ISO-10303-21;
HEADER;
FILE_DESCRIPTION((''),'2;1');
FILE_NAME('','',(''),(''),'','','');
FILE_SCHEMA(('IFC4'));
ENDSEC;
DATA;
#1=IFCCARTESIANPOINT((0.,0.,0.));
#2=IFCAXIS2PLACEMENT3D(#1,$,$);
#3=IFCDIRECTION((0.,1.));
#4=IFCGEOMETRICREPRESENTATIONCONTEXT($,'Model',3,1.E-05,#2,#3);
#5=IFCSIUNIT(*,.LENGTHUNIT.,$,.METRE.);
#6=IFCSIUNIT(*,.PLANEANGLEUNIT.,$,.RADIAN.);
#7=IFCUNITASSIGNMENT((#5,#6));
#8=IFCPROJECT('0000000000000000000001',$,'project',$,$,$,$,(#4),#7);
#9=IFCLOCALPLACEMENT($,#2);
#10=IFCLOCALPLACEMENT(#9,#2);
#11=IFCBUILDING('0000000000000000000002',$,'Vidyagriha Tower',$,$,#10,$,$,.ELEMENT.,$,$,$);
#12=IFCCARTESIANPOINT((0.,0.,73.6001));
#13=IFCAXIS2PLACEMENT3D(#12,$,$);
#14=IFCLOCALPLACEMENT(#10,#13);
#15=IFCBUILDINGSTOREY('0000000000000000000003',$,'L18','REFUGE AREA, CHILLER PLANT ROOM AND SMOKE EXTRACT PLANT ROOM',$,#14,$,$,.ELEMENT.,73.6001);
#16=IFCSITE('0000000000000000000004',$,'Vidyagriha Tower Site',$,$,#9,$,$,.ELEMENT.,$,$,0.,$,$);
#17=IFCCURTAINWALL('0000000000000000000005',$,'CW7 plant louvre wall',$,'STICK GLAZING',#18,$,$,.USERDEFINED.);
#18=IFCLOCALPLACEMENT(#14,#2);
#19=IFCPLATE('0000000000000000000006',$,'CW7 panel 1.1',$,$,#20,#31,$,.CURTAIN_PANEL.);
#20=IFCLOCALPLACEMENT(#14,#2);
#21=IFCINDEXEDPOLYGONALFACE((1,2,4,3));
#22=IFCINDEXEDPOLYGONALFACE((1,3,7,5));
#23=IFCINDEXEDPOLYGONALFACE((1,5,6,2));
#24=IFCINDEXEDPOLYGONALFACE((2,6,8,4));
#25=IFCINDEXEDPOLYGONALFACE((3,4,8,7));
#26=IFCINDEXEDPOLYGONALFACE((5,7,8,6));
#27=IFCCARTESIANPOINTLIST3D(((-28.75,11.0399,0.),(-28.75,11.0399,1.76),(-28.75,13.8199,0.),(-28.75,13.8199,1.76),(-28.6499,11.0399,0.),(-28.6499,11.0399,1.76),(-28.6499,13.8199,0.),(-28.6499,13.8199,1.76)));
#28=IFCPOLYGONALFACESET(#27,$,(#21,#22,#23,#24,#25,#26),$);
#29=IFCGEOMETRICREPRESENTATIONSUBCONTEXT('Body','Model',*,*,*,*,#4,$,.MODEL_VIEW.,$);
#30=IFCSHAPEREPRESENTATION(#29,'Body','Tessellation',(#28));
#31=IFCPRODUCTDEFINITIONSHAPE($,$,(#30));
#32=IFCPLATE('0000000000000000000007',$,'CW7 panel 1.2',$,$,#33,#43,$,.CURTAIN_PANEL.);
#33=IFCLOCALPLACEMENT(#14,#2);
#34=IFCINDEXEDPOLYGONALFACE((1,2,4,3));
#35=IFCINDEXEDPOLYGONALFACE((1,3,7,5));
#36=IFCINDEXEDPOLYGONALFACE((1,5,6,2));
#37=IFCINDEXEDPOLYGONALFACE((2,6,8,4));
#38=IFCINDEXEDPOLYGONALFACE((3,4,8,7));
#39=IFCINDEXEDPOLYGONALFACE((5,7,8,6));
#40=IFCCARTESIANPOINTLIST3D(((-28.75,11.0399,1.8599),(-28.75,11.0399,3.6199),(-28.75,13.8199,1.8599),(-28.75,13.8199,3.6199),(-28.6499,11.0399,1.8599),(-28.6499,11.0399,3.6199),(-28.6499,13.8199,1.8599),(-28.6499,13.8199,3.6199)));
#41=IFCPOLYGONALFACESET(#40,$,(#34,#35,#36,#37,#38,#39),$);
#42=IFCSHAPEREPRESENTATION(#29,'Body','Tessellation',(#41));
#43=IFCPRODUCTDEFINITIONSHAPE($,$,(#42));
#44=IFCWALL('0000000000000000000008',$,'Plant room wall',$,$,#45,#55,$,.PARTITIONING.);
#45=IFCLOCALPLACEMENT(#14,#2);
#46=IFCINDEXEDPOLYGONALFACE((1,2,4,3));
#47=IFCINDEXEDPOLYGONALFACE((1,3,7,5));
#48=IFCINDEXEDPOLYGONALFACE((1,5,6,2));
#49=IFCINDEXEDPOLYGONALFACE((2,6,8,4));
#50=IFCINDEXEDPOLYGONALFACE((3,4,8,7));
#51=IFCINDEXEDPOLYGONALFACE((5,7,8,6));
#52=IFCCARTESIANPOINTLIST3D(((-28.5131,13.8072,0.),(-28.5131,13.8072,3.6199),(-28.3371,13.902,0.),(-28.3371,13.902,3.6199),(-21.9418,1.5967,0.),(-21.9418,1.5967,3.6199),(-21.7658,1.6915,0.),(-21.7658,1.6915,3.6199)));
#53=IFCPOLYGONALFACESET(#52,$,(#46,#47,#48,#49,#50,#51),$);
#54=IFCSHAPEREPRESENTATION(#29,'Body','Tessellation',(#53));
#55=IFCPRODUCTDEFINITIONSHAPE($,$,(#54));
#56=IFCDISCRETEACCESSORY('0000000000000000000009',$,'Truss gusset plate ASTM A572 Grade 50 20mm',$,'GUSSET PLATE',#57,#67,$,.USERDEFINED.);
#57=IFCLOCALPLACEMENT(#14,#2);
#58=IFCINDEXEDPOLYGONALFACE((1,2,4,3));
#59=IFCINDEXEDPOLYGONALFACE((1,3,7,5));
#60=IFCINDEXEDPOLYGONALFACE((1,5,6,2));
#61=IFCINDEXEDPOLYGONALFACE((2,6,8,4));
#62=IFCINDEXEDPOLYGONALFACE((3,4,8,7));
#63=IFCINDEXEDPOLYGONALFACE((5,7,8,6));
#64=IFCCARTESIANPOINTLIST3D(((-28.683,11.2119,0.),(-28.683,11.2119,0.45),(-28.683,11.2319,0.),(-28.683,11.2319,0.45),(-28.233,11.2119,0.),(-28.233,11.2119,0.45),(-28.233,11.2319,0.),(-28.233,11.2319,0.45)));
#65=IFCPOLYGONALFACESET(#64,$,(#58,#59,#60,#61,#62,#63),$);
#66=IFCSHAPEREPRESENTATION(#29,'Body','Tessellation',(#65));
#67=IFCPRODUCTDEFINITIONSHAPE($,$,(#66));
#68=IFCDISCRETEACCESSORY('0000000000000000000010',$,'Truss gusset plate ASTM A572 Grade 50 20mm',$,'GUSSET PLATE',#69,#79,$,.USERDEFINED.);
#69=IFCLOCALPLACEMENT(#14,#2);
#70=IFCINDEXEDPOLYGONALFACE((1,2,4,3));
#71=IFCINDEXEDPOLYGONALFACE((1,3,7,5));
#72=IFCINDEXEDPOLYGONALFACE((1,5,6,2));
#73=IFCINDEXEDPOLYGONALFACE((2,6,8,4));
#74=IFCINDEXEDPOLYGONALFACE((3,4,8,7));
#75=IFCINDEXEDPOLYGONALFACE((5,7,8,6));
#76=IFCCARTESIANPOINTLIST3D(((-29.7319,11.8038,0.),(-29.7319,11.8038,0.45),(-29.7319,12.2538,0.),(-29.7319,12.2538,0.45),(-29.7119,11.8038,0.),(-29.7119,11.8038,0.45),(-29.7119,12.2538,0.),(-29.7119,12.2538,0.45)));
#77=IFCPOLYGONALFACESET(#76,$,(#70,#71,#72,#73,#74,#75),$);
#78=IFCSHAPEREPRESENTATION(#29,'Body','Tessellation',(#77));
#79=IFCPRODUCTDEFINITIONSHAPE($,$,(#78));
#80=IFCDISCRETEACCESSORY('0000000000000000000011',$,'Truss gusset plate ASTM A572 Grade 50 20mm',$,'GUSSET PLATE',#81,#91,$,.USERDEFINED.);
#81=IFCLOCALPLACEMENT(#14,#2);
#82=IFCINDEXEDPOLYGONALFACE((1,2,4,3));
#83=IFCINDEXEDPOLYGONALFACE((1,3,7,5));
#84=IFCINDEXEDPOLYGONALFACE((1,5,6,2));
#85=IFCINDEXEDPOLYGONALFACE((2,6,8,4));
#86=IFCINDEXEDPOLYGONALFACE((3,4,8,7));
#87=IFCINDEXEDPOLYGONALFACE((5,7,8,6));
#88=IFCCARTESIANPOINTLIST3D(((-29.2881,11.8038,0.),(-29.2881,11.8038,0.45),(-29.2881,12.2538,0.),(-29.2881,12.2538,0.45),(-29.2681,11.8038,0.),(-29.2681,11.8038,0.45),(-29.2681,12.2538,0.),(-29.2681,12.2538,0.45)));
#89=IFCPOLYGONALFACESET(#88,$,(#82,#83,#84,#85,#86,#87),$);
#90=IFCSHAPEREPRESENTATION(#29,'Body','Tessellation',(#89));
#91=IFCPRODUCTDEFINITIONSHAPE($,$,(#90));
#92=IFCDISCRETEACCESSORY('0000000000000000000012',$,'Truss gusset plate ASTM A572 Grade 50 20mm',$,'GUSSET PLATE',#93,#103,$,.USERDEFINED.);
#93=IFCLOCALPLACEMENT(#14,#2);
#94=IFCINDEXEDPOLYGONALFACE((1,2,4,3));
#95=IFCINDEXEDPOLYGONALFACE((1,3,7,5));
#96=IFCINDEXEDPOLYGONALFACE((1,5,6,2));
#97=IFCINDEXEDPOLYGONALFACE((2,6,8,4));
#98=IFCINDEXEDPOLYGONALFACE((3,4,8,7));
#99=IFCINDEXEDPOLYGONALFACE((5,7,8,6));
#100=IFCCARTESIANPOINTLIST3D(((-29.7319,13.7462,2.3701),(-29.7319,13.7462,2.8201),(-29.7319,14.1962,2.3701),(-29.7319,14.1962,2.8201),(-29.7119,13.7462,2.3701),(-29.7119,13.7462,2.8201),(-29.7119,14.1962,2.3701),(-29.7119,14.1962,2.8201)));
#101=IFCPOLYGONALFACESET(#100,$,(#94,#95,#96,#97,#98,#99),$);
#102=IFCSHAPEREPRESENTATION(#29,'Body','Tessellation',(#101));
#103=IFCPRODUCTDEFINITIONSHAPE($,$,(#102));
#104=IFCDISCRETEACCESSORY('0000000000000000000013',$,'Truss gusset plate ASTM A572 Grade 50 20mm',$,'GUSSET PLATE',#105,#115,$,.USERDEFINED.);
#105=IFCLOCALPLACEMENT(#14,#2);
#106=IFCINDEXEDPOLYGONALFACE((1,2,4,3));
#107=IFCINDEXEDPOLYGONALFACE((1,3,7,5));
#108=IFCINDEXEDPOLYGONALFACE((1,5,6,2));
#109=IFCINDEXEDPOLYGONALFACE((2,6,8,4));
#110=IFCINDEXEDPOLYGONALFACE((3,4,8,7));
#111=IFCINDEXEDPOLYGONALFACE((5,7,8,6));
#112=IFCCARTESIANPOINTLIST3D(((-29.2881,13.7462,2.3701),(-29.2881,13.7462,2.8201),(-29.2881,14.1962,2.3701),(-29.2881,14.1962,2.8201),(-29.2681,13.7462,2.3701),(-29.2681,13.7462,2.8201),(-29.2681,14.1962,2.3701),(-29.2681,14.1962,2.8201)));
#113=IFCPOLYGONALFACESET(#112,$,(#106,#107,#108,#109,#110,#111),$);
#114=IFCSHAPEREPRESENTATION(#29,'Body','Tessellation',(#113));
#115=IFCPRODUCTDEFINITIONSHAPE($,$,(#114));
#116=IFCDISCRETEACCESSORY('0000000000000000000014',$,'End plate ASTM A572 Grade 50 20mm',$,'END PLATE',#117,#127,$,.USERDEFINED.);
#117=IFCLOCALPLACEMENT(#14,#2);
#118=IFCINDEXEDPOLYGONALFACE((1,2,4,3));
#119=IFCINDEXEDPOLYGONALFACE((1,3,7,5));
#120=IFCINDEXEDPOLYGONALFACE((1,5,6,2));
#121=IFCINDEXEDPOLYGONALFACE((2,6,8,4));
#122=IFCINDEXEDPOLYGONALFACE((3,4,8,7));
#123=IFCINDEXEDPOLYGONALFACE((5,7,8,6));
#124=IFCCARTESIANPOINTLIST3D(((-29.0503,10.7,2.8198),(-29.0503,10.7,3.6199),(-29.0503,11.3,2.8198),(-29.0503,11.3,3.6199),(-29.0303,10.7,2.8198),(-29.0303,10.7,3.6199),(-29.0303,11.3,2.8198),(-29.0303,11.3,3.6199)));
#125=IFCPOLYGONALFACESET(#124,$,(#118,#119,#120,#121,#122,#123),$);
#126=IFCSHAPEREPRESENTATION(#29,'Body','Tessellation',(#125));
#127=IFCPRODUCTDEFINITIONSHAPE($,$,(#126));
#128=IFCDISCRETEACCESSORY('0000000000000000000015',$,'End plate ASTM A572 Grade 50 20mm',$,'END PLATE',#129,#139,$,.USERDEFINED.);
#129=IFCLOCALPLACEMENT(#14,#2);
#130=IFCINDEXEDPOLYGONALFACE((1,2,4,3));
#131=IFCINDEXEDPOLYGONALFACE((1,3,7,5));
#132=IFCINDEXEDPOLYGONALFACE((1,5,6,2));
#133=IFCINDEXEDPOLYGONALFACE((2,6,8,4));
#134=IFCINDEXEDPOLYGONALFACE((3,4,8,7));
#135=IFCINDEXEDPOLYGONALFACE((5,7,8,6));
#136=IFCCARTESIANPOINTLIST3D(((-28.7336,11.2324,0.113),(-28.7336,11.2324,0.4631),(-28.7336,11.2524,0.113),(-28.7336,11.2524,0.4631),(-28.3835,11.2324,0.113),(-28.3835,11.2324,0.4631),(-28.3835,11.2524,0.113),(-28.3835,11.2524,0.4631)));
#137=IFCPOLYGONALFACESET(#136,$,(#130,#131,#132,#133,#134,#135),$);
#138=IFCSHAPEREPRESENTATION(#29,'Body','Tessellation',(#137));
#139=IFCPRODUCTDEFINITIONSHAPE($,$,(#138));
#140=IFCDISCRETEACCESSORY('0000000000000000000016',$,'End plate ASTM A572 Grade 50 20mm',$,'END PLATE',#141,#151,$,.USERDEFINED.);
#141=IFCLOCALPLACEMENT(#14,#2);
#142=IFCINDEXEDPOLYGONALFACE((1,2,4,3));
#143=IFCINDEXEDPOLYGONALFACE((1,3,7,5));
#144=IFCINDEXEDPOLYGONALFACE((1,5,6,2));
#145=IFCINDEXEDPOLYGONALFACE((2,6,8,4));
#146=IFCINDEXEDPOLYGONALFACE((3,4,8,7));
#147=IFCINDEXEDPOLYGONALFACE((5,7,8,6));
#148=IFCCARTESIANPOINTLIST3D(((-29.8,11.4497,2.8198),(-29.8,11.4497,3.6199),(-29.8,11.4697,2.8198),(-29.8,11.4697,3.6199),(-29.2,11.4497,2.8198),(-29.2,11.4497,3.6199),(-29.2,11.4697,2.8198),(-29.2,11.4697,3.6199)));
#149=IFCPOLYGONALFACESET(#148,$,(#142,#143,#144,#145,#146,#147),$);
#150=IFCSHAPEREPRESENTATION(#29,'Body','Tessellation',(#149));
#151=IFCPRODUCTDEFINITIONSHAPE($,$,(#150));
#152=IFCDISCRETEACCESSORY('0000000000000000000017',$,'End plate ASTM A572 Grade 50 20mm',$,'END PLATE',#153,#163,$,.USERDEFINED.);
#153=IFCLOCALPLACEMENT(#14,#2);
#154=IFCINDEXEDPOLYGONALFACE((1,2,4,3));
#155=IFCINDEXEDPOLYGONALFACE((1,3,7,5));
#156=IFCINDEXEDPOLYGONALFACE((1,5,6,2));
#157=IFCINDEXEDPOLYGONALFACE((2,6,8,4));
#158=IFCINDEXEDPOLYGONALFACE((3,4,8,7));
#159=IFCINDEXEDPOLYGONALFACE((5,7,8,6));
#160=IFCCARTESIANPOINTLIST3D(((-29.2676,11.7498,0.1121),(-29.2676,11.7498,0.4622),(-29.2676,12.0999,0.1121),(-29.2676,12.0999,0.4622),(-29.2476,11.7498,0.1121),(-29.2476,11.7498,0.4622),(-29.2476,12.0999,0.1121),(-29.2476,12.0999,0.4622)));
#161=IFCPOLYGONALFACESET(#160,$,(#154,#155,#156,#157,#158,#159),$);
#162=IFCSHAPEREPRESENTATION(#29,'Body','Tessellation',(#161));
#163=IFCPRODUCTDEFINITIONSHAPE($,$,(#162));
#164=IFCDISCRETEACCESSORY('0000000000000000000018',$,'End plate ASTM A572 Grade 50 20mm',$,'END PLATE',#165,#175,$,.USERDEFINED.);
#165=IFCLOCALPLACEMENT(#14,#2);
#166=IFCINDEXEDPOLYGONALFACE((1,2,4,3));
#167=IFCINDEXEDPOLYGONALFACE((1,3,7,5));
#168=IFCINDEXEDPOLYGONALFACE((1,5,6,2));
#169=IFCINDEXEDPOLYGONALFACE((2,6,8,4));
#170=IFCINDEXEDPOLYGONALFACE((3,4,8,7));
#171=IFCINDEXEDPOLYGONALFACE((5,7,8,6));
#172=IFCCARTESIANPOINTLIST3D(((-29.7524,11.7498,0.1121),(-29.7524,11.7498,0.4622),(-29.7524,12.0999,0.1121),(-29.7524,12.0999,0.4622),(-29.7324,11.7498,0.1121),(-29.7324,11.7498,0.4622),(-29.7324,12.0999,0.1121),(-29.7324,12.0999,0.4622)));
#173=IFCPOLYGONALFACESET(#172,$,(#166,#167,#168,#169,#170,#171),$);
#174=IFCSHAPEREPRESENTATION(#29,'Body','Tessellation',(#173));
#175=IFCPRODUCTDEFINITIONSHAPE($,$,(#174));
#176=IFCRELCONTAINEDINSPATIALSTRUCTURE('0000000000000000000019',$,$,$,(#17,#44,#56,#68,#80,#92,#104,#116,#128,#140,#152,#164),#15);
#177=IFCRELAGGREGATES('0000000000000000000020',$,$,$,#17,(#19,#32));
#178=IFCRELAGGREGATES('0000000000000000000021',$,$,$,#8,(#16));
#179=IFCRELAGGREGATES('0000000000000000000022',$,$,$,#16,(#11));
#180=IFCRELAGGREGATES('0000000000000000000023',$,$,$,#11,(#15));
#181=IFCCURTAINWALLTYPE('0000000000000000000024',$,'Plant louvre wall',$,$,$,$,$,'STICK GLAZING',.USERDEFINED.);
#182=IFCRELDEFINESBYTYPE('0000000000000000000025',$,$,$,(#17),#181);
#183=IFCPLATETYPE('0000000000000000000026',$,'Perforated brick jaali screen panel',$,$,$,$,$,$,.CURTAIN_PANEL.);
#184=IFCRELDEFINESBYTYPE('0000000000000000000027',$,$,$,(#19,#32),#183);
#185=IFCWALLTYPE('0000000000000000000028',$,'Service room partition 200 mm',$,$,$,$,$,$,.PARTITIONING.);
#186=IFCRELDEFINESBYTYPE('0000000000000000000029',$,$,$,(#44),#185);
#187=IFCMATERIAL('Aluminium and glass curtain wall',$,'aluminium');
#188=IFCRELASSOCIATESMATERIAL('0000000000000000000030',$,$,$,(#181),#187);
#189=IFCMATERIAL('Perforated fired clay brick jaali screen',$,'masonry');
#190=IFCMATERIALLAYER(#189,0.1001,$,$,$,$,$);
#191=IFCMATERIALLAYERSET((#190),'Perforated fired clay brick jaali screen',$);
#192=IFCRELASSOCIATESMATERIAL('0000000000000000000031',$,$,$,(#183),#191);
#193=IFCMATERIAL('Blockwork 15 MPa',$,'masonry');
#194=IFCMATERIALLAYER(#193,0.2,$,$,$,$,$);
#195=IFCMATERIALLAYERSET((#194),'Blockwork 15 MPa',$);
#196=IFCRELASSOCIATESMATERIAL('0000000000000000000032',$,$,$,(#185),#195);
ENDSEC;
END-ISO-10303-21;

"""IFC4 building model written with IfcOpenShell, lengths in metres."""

from ifc_helpers import new_model, si_unit, direction, frame, frame_2d, origin, origin_2d, place, context, subcontext, project, spatial, rectangle, extrude, material, layer, layer_set, type_object, element, aggregate, save


model = new_model("IFC4")

# Units and contexts
model_context = context("Model", 3, precision=1e-05, world=origin(), true_north=direction((0.0, 1.0)))
body_context = subcontext(model_context, "Body", "Model", "MODEL_VIEW")
ifc_project = project(units=[si_unit("LENGTHUNIT", "METRE"), si_unit("PLANEANGLEUNIT", "RADIAN")], contexts=[model_context])

# Site, building, storey
site_placement = place(None, origin())
site = spatial("IfcSite", under=ifc_project, at=site_placement, Name="Vidyagriha Tower Site", CompositionType="ELEMENT", RefElevation=0.0)
building_placement = place(site_placement, origin())
building = spatial("IfcBuilding", under=site, at=building_placement, Name="Vidyagriha Tower", CompositionType="ELEMENT")
storey_placement = place(building_placement, frame((0.0, 0.0, 73.6001)))
storey = spatial("IfcBuildingStorey", under=building, at=storey_placement, Name="L18", Description="REFUGE AREA, CHILLER PLANT ROOM AND SMOKE EXTRACT PLANT ROOM", CompositionType="ELEMENT", Elevation=73.6001)

# Curtain wall
ifc_material_1 = material(Name="Aluminium and glass curtain wall", Category="aluminium")
curtain_wall_type = type_object("IfcCurtainWallType", Name="Plant louvre wall", ElementType="STICK GLAZING", PredefinedType="USERDEFINED", material=ifc_material_1)
curtain_wall_placement = place(storey_placement, origin())
curtain_wall = element("IfcCurtainWall", 1, at=curtain_wall_placement, inside=storey, type_object=curtain_wall_type, Name="CW7 plant louvre wall", ObjectType="STICK GLAZING", PredefinedType="USERDEFINED")

# Plates
ifc_material_2 = material(Name="Perforated fired clay brick jaali screen", Category="masonry")
ifc_layer_1 = layer(ifc_material_2, 0.1001)
ifc_layer_set_1 = layer_set([ifc_layer_1], Name="Perforated fired clay brick jaali screen")
plate_type = type_object("IfcPlateType", Name="Perforated brick jaali screen panel", PredefinedType="CURTAIN_PANEL", material=ifc_layer_set_1)
plate_1_placement = place(storey_placement, frame((-28.7, 12.4299, 0.0), z_axis=(0.0, 0.0, 1.0), x_axis=(0.0, -1.0, 0.0)))
plate_1 = element("IfcPlate", 2, at=plate_1_placement, type_object=plate_type, Name="CW7 panel 1.1", PredefinedType="CURTAIN_PANEL", context=body_context, shape_type="SweptSolid", body=[
    extrude(rectangle(XDim=2.78, YDim=0.1001, at=origin_2d()), origin(), (0.0, 0.0, 1.0), 1.76),
])
plate_2_placement = place(storey_placement, frame((-28.7, 12.4299, 1.8599), z_axis=(0.0, 0.0, 1.0), x_axis=(0.0, -1.0, 0.0)))
plate_2 = element("IfcPlate", 3, at=plate_2_placement, type_object=plate_type, Name="CW7 panel 1.2", PredefinedType="CURTAIN_PANEL", context=body_context, shape_type="SweptSolid", body=[
    extrude(rectangle(XDim=2.78, YDim=0.1001, at=origin_2d()), origin(), (0.0, 0.0, 1.0), 1.76),
])
aggregate(curtain_wall, [plate_1, plate_2])

# Wall
ifc_material_3 = material(Name="Blockwork 15 MPa", Category="masonry")
ifc_layer_2 = layer(ifc_material_3, 0.2)
ifc_layer_set_2 = layer_set([ifc_layer_2], Name="Blockwork 15 MPa")
wall_type = type_object("IfcWallType", Name="Service room partition 200 mm", PredefinedType="PARTITIONING", material=ifc_layer_set_2)
wall_placement = place(storey_placement, frame((-28.425, 13.8545, 0.0), z_axis=(0.0, 0.0, 1.0), x_axis=(0.4739, -0.880578, 0.0)))
element("IfcWall", 4, at=wall_placement, inside=storey, type_object=wall_type, Name="Plant room wall", PredefinedType="PARTITIONING", context=body_context, shape_type="SweptSolid", body=[
    extrude(rectangle(XDim=13.8665, YDim=0.2, at=frame_2d((6.9331, 0.0))), origin(), (0.0, 0.0, 1.0), 3.6199),
])

# Discrete accessories
discrete_accessory_1_placement = place(storey_placement, frame((-28.458, 11.2219, 0.0)))
element("IfcDiscreteAccessory", 5, at=discrete_accessory_1_placement, inside=storey, Name="Truss gusset plate ASTM A572 Grade 50 20mm", ObjectType="GUSSET PLATE", PredefinedType="USERDEFINED", context=body_context, shape_type="SweptSolid", body=[
    extrude(rectangle(XDim=0.45, YDim=0.02, at=origin_2d()), origin(), (0.0, 0.0, 1.0), 0.45),
])
for number, where, z_axis, x_axis, name in (
    (6, (-29.7219, 12.0288, 0.0), (0.0, 0.0, 1.0), (0.0, 1.0, 0.0), "Truss gusset plate ASTM A572 Grade 50 20mm"),
    (7, (-29.2781, 12.0288, 0.0), (0.0, 0.0, 1.0), (0.0, 1.0, 0.0), "Truss gusset plate ASTM A572 Grade 50 20mm"),
    (8, (-29.7219, 13.9712, 2.3701), (0.0, 0.0, 1.0), (0.0, 1.0, 0.0), "Truss gusset plate ASTM A572 Grade 50 20mm"),
    (9, (-29.2781, 13.9712, 2.3701), (0.0, 0.0, 1.0), (0.0, 1.0, 0.0), "Truss gusset plate ASTM A572 Grade 50 20mm"),
):
    element("IfcDiscreteAccessory", number, at=place(storey_placement, frame(where, z_axis=z_axis, x_axis=x_axis)), inside=storey, Name=name, ObjectType="GUSSET PLATE", PredefinedType="USERDEFINED", context=body_context, shape_type="SweptSolid", body=[
        extrude(rectangle(XDim=0.45, YDim=0.02, at=origin_2d()), origin(), (0.0, 0.0, 1.0), 0.45),
    ])
discrete_accessory_2_placement = place(storey_placement, frame((-29.0403, 11.0, 2.8198), z_axis=(0.0, 0.0, 1.0), x_axis=(-1.0, 0.0, 0.0)))
element("IfcDiscreteAccessory", 10, at=discrete_accessory_2_placement, inside=storey, Name="End plate ASTM A572 Grade 50 20mm", ObjectType="END PLATE", PredefinedType="USERDEFINED", context=body_context, shape_type="SweptSolid", body=[
    extrude(rectangle(XDim=0.02, YDim=0.6001, at=origin_2d()), origin(), (0.0, 0.0, 1.0), 0.8),
])
discrete_accessory_3_placement = place(storey_placement, frame((-28.5586, 11.2424, 0.113), z_axis=(0.0, 0.0, 1.0), x_axis=(-1.0, 0.0, 0.0)))
element("IfcDiscreteAccessory", 11, at=discrete_accessory_3_placement, inside=storey, Name="End plate ASTM A572 Grade 50 20mm", ObjectType="END PLATE", PredefinedType="USERDEFINED", context=body_context, shape_type="SweptSolid", body=[
    extrude(rectangle(XDim=0.3501, YDim=0.02, at=origin_2d()), origin(), (0.0, 0.0, 1.0), 0.3501),
])
discrete_accessory_4_placement = place(storey_placement, frame((-29.5, 11.4597, 2.8198), z_axis=(0.0, 0.0, 1.0), x_axis=(0.0, -1.0, 0.0)))
element("IfcDiscreteAccessory", 12, at=discrete_accessory_4_placement, inside=storey, Name="End plate ASTM A572 Grade 50 20mm", ObjectType="END PLATE", PredefinedType="USERDEFINED", context=body_context, shape_type="SweptSolid", body=[
    extrude(rectangle(XDim=0.02, YDim=0.6001, at=origin_2d()), origin(), (0.0, 0.0, 1.0), 0.8),
])
for number, where, z_axis, x_axis, name in (
    (13, (-29.2576, 11.9248, 0.1121), (0.0, 0.0, 1.0), (0.0, -1.0, 0.0), "End plate ASTM A572 Grade 50 20mm"),
    (14, (-29.7424, 11.9248, 0.1121), (0.0, 0.0, 1.0), (0.0, -1.0, 0.0), "End plate ASTM A572 Grade 50 20mm"),
):
    element("IfcDiscreteAccessory", number, at=place(storey_placement, frame(where, z_axis=z_axis, x_axis=x_axis)), inside=storey, Name=name, ObjectType="END PLATE", PredefinedType="USERDEFINED", context=body_context, shape_type="SweptSolid", body=[
        extrude(rectangle(XDim=0.3501, YDim=0.02, at=origin_2d()), origin(), (0.0, 0.0, 1.0), 0.3501),
    ])

save(model, "model.ifc")
